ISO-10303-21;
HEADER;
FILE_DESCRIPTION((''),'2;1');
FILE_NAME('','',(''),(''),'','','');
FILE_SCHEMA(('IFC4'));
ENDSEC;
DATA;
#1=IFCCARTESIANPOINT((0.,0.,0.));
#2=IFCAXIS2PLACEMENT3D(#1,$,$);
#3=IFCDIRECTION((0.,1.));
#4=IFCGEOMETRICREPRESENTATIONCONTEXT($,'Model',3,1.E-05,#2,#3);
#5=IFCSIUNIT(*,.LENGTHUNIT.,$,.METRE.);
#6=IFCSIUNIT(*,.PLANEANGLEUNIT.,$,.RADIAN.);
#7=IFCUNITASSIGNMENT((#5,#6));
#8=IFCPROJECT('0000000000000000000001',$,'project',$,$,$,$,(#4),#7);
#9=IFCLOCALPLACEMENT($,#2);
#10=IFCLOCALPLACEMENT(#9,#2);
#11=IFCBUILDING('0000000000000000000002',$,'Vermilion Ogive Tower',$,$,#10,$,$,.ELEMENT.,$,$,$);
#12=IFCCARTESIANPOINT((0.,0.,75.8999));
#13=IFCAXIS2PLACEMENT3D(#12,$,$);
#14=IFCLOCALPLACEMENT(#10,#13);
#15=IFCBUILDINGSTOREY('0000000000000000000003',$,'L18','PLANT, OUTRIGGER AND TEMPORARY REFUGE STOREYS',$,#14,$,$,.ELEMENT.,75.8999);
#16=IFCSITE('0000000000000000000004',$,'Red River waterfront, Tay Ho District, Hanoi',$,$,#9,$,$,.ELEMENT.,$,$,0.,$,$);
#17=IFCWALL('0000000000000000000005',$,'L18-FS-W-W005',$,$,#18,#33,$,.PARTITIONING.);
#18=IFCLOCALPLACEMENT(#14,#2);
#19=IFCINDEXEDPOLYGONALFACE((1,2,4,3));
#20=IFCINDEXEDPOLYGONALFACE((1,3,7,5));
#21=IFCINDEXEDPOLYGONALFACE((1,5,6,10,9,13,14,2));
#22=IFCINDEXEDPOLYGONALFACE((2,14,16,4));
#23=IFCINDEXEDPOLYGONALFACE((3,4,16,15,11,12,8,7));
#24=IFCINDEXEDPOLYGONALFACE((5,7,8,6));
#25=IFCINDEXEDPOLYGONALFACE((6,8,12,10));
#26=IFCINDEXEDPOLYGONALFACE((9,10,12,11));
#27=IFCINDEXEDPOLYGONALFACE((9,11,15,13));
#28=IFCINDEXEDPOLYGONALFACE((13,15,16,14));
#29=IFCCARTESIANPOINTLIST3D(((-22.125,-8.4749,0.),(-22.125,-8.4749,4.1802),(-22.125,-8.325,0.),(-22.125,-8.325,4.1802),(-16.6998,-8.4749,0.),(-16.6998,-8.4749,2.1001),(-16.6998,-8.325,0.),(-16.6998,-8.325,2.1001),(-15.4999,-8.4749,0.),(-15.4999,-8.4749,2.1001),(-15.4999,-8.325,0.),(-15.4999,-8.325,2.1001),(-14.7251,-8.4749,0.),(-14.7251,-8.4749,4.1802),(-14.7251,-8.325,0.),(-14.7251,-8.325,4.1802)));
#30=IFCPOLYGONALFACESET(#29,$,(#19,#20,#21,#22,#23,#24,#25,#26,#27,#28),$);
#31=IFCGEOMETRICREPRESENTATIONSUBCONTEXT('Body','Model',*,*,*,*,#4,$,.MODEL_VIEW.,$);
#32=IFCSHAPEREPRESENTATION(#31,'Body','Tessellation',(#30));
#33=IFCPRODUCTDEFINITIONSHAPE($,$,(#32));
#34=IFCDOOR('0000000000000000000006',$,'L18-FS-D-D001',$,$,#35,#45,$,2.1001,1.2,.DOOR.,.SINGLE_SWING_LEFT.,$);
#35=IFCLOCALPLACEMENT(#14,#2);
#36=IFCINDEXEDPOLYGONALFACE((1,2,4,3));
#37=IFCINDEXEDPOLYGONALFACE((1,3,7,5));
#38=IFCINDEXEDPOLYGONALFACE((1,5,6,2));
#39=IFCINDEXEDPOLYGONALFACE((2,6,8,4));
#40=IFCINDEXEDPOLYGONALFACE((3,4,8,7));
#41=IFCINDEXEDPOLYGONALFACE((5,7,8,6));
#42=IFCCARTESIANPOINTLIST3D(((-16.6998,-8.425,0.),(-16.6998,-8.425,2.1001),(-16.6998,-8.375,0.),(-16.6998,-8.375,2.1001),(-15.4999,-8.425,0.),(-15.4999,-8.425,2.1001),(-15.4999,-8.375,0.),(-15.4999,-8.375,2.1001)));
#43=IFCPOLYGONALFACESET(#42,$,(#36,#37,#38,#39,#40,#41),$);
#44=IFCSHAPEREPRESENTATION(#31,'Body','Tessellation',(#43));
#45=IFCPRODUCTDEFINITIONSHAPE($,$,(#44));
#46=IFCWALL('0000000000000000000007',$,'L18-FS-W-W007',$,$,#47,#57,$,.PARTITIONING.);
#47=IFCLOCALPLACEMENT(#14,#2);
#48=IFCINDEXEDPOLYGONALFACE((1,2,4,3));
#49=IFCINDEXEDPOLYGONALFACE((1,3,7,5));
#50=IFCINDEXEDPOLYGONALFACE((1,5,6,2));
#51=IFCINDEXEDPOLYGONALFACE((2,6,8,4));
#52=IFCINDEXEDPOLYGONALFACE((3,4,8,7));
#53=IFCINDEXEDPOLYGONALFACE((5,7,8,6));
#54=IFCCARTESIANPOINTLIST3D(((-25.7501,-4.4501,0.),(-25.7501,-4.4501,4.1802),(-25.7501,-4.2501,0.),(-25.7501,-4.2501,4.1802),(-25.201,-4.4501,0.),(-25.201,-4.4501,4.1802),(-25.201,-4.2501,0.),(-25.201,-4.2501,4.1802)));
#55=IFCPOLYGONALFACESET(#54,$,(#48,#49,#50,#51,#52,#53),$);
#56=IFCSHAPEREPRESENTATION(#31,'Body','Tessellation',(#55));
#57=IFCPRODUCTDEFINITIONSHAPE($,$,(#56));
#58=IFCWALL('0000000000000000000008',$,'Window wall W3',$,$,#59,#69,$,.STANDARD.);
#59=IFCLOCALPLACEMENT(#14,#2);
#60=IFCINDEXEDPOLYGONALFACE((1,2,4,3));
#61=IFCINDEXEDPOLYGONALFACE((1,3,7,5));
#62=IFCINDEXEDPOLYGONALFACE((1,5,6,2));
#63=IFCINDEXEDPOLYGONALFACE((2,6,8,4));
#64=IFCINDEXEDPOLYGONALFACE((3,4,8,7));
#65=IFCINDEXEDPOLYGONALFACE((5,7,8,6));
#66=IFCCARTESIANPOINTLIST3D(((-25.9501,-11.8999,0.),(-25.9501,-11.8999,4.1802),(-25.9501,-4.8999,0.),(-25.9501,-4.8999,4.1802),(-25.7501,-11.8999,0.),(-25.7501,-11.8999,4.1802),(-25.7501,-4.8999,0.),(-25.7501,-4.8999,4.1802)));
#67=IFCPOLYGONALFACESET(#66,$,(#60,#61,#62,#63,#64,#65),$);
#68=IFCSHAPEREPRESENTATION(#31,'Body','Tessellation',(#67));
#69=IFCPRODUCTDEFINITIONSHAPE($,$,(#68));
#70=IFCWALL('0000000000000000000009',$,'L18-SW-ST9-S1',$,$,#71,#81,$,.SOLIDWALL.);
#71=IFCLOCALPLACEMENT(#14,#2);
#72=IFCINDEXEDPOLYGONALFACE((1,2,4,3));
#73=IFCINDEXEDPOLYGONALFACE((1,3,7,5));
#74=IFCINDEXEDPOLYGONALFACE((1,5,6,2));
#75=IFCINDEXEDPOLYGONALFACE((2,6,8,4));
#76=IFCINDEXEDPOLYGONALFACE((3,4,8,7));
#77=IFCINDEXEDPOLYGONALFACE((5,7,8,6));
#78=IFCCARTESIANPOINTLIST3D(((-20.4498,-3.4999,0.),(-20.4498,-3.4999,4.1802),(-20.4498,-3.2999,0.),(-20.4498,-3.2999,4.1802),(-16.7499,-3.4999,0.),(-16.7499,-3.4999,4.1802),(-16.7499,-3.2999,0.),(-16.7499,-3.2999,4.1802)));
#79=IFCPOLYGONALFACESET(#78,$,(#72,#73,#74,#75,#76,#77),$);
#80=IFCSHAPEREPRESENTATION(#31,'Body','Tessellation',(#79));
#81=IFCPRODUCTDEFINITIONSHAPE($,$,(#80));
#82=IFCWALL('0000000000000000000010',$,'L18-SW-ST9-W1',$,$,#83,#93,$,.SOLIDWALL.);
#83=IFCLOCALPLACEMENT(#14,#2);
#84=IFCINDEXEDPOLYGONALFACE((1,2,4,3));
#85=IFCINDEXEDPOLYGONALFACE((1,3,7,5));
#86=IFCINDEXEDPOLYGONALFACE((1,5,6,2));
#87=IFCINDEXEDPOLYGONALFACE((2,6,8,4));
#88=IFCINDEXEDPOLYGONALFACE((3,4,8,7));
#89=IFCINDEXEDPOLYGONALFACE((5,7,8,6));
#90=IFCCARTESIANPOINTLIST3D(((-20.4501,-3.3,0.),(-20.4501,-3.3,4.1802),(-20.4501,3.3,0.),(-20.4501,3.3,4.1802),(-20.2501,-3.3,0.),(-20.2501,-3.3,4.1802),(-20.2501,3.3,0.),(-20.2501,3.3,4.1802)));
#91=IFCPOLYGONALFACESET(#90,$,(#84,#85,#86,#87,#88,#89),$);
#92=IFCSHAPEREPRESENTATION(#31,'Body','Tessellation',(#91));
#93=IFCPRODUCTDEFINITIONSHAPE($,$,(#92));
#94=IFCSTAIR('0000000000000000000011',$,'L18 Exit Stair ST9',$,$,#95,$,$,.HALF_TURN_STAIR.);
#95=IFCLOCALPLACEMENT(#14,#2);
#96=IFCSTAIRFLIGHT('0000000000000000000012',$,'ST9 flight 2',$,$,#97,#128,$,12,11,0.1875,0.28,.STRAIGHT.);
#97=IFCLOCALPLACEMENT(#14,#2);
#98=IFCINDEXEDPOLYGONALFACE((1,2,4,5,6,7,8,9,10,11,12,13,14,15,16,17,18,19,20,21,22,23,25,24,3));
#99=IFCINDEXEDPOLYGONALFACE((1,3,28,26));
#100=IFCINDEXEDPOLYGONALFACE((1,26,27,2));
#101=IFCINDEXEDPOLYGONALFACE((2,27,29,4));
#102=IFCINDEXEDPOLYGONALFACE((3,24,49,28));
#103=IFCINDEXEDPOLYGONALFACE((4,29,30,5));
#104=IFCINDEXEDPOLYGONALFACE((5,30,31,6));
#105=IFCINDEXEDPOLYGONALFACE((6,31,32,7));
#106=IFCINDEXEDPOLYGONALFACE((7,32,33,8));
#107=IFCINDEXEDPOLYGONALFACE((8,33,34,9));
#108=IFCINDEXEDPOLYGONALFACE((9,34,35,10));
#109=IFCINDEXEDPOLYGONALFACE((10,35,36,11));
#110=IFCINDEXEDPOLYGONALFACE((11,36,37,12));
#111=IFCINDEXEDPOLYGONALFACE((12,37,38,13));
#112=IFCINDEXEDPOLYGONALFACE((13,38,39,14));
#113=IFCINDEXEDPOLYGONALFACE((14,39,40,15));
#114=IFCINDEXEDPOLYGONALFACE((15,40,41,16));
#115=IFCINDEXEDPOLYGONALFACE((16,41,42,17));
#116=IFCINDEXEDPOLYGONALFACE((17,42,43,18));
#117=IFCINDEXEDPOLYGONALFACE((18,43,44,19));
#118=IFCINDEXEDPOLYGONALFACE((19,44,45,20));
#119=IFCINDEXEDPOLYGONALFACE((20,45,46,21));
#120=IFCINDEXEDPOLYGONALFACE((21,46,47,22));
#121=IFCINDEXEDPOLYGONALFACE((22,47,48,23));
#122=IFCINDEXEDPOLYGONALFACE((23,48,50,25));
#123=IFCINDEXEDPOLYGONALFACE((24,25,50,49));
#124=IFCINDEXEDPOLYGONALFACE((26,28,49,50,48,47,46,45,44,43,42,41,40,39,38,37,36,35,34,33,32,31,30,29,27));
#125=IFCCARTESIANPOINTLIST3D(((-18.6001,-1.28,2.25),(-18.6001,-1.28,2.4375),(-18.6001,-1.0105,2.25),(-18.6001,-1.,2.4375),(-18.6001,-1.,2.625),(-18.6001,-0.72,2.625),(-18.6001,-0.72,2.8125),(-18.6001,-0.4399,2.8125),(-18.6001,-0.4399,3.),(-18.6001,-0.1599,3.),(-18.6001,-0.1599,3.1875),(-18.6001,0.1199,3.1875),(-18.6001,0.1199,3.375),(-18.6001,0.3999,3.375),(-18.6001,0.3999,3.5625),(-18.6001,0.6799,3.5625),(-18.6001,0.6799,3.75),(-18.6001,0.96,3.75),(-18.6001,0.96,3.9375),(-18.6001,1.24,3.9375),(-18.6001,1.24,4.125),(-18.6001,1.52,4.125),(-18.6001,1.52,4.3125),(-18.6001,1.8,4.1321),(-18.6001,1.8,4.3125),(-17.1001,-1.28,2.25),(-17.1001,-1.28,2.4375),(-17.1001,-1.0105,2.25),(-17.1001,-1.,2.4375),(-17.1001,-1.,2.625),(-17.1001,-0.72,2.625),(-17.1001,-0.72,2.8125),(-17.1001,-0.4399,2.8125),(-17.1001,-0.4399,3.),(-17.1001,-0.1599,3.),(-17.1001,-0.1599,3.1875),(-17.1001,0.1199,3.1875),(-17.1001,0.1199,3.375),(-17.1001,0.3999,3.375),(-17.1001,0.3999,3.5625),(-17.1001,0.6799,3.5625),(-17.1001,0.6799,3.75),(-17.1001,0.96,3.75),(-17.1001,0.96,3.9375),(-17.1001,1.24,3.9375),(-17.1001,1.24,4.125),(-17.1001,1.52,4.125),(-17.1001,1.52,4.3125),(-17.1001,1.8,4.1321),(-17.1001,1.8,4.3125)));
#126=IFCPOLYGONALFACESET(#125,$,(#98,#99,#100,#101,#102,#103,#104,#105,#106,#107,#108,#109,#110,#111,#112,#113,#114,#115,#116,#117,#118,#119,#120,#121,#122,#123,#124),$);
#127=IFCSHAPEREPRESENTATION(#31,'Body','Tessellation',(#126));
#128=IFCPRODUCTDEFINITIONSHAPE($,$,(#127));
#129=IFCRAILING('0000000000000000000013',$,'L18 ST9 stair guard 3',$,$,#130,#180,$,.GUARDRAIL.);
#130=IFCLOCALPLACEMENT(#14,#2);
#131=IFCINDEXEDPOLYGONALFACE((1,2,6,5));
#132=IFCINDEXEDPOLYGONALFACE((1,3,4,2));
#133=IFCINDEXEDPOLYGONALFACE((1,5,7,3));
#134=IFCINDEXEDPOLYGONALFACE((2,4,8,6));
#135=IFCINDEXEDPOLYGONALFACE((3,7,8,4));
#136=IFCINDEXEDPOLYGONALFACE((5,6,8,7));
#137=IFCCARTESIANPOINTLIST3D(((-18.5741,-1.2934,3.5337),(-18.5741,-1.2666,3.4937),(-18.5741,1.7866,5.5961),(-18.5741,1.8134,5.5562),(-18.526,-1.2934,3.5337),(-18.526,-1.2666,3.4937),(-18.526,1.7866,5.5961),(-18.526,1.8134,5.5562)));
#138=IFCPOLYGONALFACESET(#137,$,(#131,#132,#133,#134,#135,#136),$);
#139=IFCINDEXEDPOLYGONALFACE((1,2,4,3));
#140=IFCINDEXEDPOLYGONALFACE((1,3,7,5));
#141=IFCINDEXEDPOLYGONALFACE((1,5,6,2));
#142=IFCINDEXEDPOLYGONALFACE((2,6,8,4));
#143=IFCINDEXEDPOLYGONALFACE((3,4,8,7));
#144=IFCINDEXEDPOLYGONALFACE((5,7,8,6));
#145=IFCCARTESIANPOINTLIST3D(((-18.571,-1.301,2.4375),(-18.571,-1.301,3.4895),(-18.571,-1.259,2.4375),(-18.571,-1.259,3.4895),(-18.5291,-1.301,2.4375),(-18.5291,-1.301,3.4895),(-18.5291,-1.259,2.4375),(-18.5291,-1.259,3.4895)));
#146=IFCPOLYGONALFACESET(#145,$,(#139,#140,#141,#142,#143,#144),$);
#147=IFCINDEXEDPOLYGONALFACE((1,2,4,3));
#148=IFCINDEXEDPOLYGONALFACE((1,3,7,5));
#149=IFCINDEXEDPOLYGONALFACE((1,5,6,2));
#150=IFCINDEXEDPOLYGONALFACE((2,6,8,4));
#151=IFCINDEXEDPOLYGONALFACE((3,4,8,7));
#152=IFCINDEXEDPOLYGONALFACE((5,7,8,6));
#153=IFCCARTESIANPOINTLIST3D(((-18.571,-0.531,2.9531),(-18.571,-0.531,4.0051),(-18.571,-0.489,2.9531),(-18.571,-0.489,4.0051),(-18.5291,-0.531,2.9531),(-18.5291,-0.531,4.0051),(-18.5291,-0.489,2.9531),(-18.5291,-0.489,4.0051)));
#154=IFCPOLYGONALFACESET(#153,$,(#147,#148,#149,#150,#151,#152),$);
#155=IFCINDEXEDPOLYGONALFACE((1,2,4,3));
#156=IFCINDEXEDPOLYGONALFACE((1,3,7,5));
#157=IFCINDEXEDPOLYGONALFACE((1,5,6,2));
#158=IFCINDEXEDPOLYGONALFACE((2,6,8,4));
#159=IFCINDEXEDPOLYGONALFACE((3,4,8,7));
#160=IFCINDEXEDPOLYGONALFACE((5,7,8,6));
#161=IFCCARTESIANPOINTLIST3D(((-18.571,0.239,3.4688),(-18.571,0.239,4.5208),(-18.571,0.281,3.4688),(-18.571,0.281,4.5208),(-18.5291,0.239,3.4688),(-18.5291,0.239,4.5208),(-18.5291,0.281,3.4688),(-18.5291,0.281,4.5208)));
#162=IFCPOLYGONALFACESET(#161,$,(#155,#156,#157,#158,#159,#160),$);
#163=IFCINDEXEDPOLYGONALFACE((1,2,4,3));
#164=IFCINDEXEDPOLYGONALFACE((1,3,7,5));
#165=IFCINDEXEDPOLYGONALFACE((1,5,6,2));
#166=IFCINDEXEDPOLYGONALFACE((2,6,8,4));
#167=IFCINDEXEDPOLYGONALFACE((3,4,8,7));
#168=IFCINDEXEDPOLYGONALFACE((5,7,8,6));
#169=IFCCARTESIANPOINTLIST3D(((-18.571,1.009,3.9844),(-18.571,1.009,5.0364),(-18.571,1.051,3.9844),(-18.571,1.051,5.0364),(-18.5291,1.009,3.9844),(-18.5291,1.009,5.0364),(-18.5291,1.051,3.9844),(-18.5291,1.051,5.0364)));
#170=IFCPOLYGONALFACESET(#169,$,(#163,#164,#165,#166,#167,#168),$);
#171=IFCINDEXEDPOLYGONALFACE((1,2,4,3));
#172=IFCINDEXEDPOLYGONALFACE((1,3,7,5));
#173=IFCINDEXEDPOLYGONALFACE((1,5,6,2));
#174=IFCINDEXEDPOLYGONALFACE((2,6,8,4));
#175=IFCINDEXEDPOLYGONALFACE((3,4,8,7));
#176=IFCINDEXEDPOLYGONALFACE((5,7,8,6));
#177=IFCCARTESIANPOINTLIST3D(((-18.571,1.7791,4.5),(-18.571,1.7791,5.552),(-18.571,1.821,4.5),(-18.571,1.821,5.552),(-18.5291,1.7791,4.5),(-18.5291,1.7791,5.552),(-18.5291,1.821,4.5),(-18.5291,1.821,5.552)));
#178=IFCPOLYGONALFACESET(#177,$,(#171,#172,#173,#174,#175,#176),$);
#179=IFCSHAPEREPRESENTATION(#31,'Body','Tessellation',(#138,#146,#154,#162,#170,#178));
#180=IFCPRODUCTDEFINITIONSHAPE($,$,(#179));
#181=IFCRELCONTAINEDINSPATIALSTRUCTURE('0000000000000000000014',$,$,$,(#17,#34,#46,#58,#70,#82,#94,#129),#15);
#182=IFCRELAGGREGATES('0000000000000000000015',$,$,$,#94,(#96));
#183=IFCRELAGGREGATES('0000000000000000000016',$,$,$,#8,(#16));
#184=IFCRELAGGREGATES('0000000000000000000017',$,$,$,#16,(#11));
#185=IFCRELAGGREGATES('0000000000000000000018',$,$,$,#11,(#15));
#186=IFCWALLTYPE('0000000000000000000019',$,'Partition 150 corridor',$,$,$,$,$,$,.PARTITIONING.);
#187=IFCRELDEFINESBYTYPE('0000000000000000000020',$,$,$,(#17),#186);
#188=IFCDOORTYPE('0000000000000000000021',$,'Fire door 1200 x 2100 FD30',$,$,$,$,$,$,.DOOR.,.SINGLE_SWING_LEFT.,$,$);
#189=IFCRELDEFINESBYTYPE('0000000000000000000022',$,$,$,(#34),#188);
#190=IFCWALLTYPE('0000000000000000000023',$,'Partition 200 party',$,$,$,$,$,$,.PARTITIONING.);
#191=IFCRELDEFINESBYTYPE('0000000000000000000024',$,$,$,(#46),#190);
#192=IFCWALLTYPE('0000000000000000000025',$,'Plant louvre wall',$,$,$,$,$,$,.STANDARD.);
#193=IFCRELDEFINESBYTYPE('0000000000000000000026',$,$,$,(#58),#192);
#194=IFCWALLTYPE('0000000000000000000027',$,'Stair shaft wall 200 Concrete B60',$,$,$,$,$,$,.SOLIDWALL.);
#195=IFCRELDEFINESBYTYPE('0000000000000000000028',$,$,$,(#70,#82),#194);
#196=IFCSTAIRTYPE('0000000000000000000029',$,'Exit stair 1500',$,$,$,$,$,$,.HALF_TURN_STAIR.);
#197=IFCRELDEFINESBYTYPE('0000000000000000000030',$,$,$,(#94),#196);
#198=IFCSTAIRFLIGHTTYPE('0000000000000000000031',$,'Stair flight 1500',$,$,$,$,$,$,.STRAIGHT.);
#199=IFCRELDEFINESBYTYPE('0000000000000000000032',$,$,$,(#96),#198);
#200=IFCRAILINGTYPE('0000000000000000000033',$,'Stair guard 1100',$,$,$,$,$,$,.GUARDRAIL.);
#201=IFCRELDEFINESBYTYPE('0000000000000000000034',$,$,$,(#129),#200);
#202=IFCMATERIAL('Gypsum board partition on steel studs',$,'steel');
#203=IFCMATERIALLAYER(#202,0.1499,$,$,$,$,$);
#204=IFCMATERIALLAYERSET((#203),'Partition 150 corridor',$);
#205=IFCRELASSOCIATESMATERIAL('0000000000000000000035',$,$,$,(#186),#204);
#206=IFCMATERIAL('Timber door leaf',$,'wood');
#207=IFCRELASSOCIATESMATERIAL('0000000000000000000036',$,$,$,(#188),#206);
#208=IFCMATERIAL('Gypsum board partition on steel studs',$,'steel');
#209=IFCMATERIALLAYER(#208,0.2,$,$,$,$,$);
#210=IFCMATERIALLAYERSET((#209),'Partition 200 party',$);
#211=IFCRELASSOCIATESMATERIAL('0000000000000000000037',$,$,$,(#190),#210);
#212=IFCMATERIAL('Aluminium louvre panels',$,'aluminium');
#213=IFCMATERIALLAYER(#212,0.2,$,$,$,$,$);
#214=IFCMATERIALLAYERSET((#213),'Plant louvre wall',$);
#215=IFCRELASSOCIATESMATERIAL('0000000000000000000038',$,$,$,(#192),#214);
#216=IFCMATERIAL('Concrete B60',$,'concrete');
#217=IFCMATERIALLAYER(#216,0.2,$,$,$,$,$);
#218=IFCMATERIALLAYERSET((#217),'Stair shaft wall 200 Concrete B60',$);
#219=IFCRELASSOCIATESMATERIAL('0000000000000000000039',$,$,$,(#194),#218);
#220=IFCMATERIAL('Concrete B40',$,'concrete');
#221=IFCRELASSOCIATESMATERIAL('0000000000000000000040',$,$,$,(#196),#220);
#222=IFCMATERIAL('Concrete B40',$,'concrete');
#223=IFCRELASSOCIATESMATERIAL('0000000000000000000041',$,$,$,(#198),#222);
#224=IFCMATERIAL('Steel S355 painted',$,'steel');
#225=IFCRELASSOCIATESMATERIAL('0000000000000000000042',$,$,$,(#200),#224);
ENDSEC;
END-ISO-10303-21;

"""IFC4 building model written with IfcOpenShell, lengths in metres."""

from ifc_helpers import new_model, si_unit, direction, frame, frame_2d, origin, origin_2d, place, context, subcontext, project, spatial, polyline, rectangle, outline, extrude, material, layer, layer_set, type_object, element, fill, aggregate, save


model = new_model("IFC4")

# Units and contexts
model_context = context("Model", 3, precision=1e-05, world=origin(), true_north=direction((0.0, 1.0)))
body_context = subcontext(model_context, "Body", "Model", "MODEL_VIEW")
ifc_project = project(units=[si_unit("LENGTHUNIT", "METRE"), si_unit("PLANEANGLEUNIT", "RADIAN")], contexts=[model_context])

# Site, building, storey
site_placement = place(None, origin())
site = spatial("IfcSite", under=ifc_project, at=site_placement, Name="Red River waterfront, Tay Ho District, Hanoi", CompositionType="ELEMENT", RefElevation=0.0)
building_placement = place(site_placement, origin())
building = spatial("IfcBuilding", under=site, at=building_placement, Name="Vermilion Ogive Tower", CompositionType="ELEMENT")
storey_placement = place(building_placement, frame((0.0, 0.0, 75.8999)))
storey = spatial("IfcBuildingStorey", under=building, at=storey_placement, Name="L18", Description="PLANT, OUTRIGGER AND TEMPORARY REFUGE STOREYS", CompositionType="ELEMENT", Elevation=75.8999)

# Wall, opening, door
ifc_material_1 = material(Name="Gypsum board partition on steel studs", Category="steel")
ifc_layer_1 = layer(ifc_material_1, 0.1499)
ifc_layer_set_1 = layer_set([ifc_layer_1], Name="Partition 150 corridor")
wall_type_1 = type_object("IfcWallType", Name="Partition 150 corridor", PredefinedType="PARTITIONING", material=ifc_layer_set_1)
wall_1_placement = place(storey_placement, frame((-22.125, -8.3999, 0.0), z_axis=(0.0, 0.0, 1.0), x_axis=(1.0, 0.0, 0.0)))
wall_1 = element("IfcWall", 1, at=wall_1_placement, inside=storey, type_object=wall_type_1, Name="L18-FS-W-W005", PredefinedType="PARTITIONING", context=body_context, shape_type="SweptSolid", body=[
    extrude(rectangle(XDim=7.3999, YDim=0.1499, at=frame_2d((3.7, 0.0))), origin(), (0.0, 0.0, 1.0), 4.1802),
])
opening_placement = place(wall_1_placement, frame((5.425, 0.0, 0.0)))
opening = element("IfcOpeningElement", 2, at=opening_placement, cuts=wall_1, PredefinedType="OPENING", context=body_context, shape_type="SweptSolid", body=[
    extrude(rectangle(XDim=1.2, YDim=2.1001, at=frame_2d((0.6001, 1.05))), frame((0.0, 0.085, 0.0), z_axis=(0.0, -1.0, 0.0), x_axis=(1.0, 0.0, 0.0)), (0.0, 0.0, 1.0), 0.1699),
])
ifc_material_2 = material(Name="Timber door leaf", Category="wood")
door_type = type_object("IfcDoorType", Name="Fire door 1200 x 2100 FD30", OperationType="SINGLE_SWING_LEFT", PredefinedType="DOOR", material=ifc_material_2)
door_placement = place(opening_placement, origin())
door = element("IfcDoor", 3, at=door_placement, inside=storey, type_object=door_type, Name="L18-FS-D-D001", OperationType="SINGLE_SWING_LEFT", OverallHeight=2.1001, OverallWidth=1.2, PredefinedType="DOOR", context=body_context, shape_type="SweptSolid", body=[
    extrude(rectangle(XDim=1.2, YDim=2.1001, at=frame_2d((0.6001, 1.05))), frame((0.0, 0.0249, 0.0), z_axis=(0.0, -1.0, 0.0), x_axis=(1.0, 0.0, 0.0)), (0.0, 0.0, 1.0), 0.05),
])
fill(opening, door)

# Walls
ifc_material_3 = material(Name="Gypsum board partition on steel studs", Category="steel")
ifc_layer_2 = layer(ifc_material_3, 0.2)
ifc_layer_set_2 = layer_set([ifc_layer_2], Name="Partition 200 party")
wall_type_2 = type_object("IfcWallType", Name="Partition 200 party", PredefinedType="PARTITIONING", material=ifc_layer_set_2)
wall_2_placement = place(storey_placement, frame((-25.75, -4.3501, 0.0), z_axis=(0.0, 0.0, 1.0), x_axis=(1.0, 0.0, 0.0)))
element("IfcWall", 4, at=wall_2_placement, inside=storey, type_object=wall_type_2, Name="L18-FS-W-W007", PredefinedType="PARTITIONING", context=body_context, shape_type="SweptSolid", body=[
    extrude(rectangle(XDim=0.5491, YDim=0.2, at=frame_2d((0.2744, 0.0))), origin(), (0.0, 0.0, 1.0), 4.1802),
])
ifc_material_4 = material(Name="Aluminium louvre panels", Category="aluminium")
ifc_layer_3 = layer(ifc_material_4, 0.2)
ifc_layer_set_3 = layer_set([ifc_layer_3], Name="Plant louvre wall")
wall_type_3 = type_object("IfcWallType", Name="Plant louvre wall", PredefinedType="STANDARD", material=ifc_layer_set_3)
wall_3_placement = place(storey_placement, frame((-25.8501, -4.8999, 0.0), z_axis=(0.0, 0.0, 1.0), x_axis=(0.0, -1.0, 0.0)))
element("IfcWall", 5, at=wall_3_placement, inside=storey, type_object=wall_type_3, Name="Window wall W3", PredefinedType="STANDARD", context=body_context, shape_type="SweptSolid", body=[
    extrude(rectangle(XDim=7.0, YDim=0.2, at=frame_2d((3.5, 0.0))), origin(), (0.0, 0.0, 1.0), 4.1802),
])
ifc_material_5 = material(Name="Concrete B60", Category="concrete")
ifc_layer_4 = layer(ifc_material_5, 0.2)
ifc_layer_set_4 = layer_set([ifc_layer_4], Name="Stair shaft wall 200 Concrete B60")
wall_type_4 = type_object("IfcWallType", Name="Stair shaft wall 200 Concrete B60", PredefinedType="SOLIDWALL", material=ifc_layer_set_4)
wall_4_placement = place(storey_placement, frame((-20.45, -3.3999, 0.0), z_axis=(0.0, 0.0, 1.0), x_axis=(1.0, 0.0, 0.0)))
element("IfcWall", 6, at=wall_4_placement, inside=storey, type_object=wall_type_4, Name="L18-SW-ST9-S1", PredefinedType="SOLIDWALL", context=body_context, shape_type="SweptSolid", body=[
    extrude(rectangle(XDim=3.7, YDim=0.2, at=frame_2d((1.8501, 0.0))), origin(), (0.0, 0.0, 1.0), 4.1802),
])
wall_5_placement = place(storey_placement, frame((-20.3501, -3.3, 0.0), z_axis=(0.0, 0.0, 1.0), x_axis=(0.0, 1.0, 0.0)))
element("IfcWall", 7, at=wall_5_placement, inside=storey, type_object=wall_type_4, Name="L18-SW-ST9-W1", PredefinedType="SOLIDWALL", context=body_context, shape_type="SweptSolid", body=[
    extrude(rectangle(XDim=6.6001, YDim=0.2, at=frame_2d((3.3, 0.0))), origin(), (0.0, 0.0, 1.0), 4.1802),
])

# Stair, stair flight
ifc_material_6 = material(Name="Concrete B40", Category="concrete")
stair_type = type_object("IfcStairType", Name="Exit stair 1500", PredefinedType="HALF_TURN_STAIR", material=ifc_material_6)
stair_placement = place(storey_placement, origin())
stair = element("IfcStair", 8, at=stair_placement, inside=storey, type_object=stair_type, Name="L18 Exit Stair ST9", PredefinedType="HALF_TURN_STAIR")
ifc_material_7 = material(Name="Concrete B40", Category="concrete")
stair_flight_type = type_object("IfcStairFlightType", Name="Stair flight 1500", PredefinedType="STRAIGHT", material=ifc_material_7)
stair_flight_placement = place(storey_placement, frame((-17.8501, -1.28, 2.25), z_axis=(0.0, 0.0, 1.0), x_axis=(0.0, 1.0, 0.0)))
stair_flight = element("IfcStairFlight", 9, at=stair_flight_placement, type_object=stair_flight_type, Name="ST9 flight 2", NumberOfRisers=12, NumberOfTreads=11, PredefinedType="STRAIGHT", RiserHeight=0.1875, TreadLength=0.28, context=body_context, shape_type="SweptSolid", body=[
    extrude(outline(polyline([(0.0, 0.0), (0.0, 0.1875), (0.28, 0.1875), (0.28, 0.375), (0.5601, 0.375), (0.5601, 0.5625), (0.8401, 0.5625), (0.8401, 0.75), (1.1201, 0.75), (1.1201, 0.9375), (1.3999, 0.9375), (1.3999, 1.125), (1.6799, 1.125), (1.6799, 1.3125), (1.96, 1.3125), (1.96, 1.5), (2.24, 1.5), (2.24, 1.6875), (2.52, 1.6875), (2.52, 1.875), (2.8, 1.875), (2.8, 2.0625), (3.0801, 2.0625), (3.0801, 2.25), (3.0801, 1.8821), (0.2695, 0.0), (0.0, 0.0)])), frame((0.0, 0.75, 0.0), z_axis=(0.0, -1.0, 0.0), x_axis=(1.0, 0.0, 0.0)), (0.0, 0.0, 1.0), 1.5),
])
aggregate(stair, [stair_flight])

# Railing
ifc_material_8 = material(Name="Steel S355 painted", Category="steel")
railing_type = type_object("IfcRailingType", Name="Stair guard 1100", PredefinedType="GUARDRAIL", material=ifc_material_8)
railing_placement = place(storey_placement, frame((-18.55, -1.28, 2.4375)))
element("IfcRailing", 10, at=railing_placement, inside=storey, type_object=railing_type, Name="L18 ST9 stair guard 3", PredefinedType="GUARDRAIL", context=body_context, shape_type="SweptSolid", body=[
    extrude(rectangle(XDim=0.0481, YDim=0.0481, at=origin_2d()), frame((0.0, 0.0, 1.0762), z_axis=(0.0, 0.830914, 0.556401), x_axis=(-1.0, 0.0, 0.0)), (0.0, 0.0, 1.0), 3.7068),
    extrude(rectangle(XDim=0.042, YDim=0.042, at=origin_2d()), origin(), (0.0, 0.0, 1.0), 1.052),
    extrude(rectangle(XDim=0.042, YDim=0.042, at=origin_2d()), frame((0.0, 0.77, 0.5156)), (0.0, 0.0, 1.0), 1.052),
    extrude(rectangle(XDim=0.042, YDim=0.042, at=origin_2d()), frame((0.0, 1.54, 1.0312)), (0.0, 0.0, 1.0), 1.052),
    extrude(rectangle(XDim=0.042, YDim=0.042, at=origin_2d()), frame((0.0, 2.3101, 1.5469)), (0.0, 0.0, 1.0), 1.052),
    extrude(rectangle(XDim=0.042, YDim=0.042, at=origin_2d()), frame((0.0, 3.0801, 2.0625)), (0.0, 0.0, 1.0), 1.052),
])

save(model, "model.ifc")
